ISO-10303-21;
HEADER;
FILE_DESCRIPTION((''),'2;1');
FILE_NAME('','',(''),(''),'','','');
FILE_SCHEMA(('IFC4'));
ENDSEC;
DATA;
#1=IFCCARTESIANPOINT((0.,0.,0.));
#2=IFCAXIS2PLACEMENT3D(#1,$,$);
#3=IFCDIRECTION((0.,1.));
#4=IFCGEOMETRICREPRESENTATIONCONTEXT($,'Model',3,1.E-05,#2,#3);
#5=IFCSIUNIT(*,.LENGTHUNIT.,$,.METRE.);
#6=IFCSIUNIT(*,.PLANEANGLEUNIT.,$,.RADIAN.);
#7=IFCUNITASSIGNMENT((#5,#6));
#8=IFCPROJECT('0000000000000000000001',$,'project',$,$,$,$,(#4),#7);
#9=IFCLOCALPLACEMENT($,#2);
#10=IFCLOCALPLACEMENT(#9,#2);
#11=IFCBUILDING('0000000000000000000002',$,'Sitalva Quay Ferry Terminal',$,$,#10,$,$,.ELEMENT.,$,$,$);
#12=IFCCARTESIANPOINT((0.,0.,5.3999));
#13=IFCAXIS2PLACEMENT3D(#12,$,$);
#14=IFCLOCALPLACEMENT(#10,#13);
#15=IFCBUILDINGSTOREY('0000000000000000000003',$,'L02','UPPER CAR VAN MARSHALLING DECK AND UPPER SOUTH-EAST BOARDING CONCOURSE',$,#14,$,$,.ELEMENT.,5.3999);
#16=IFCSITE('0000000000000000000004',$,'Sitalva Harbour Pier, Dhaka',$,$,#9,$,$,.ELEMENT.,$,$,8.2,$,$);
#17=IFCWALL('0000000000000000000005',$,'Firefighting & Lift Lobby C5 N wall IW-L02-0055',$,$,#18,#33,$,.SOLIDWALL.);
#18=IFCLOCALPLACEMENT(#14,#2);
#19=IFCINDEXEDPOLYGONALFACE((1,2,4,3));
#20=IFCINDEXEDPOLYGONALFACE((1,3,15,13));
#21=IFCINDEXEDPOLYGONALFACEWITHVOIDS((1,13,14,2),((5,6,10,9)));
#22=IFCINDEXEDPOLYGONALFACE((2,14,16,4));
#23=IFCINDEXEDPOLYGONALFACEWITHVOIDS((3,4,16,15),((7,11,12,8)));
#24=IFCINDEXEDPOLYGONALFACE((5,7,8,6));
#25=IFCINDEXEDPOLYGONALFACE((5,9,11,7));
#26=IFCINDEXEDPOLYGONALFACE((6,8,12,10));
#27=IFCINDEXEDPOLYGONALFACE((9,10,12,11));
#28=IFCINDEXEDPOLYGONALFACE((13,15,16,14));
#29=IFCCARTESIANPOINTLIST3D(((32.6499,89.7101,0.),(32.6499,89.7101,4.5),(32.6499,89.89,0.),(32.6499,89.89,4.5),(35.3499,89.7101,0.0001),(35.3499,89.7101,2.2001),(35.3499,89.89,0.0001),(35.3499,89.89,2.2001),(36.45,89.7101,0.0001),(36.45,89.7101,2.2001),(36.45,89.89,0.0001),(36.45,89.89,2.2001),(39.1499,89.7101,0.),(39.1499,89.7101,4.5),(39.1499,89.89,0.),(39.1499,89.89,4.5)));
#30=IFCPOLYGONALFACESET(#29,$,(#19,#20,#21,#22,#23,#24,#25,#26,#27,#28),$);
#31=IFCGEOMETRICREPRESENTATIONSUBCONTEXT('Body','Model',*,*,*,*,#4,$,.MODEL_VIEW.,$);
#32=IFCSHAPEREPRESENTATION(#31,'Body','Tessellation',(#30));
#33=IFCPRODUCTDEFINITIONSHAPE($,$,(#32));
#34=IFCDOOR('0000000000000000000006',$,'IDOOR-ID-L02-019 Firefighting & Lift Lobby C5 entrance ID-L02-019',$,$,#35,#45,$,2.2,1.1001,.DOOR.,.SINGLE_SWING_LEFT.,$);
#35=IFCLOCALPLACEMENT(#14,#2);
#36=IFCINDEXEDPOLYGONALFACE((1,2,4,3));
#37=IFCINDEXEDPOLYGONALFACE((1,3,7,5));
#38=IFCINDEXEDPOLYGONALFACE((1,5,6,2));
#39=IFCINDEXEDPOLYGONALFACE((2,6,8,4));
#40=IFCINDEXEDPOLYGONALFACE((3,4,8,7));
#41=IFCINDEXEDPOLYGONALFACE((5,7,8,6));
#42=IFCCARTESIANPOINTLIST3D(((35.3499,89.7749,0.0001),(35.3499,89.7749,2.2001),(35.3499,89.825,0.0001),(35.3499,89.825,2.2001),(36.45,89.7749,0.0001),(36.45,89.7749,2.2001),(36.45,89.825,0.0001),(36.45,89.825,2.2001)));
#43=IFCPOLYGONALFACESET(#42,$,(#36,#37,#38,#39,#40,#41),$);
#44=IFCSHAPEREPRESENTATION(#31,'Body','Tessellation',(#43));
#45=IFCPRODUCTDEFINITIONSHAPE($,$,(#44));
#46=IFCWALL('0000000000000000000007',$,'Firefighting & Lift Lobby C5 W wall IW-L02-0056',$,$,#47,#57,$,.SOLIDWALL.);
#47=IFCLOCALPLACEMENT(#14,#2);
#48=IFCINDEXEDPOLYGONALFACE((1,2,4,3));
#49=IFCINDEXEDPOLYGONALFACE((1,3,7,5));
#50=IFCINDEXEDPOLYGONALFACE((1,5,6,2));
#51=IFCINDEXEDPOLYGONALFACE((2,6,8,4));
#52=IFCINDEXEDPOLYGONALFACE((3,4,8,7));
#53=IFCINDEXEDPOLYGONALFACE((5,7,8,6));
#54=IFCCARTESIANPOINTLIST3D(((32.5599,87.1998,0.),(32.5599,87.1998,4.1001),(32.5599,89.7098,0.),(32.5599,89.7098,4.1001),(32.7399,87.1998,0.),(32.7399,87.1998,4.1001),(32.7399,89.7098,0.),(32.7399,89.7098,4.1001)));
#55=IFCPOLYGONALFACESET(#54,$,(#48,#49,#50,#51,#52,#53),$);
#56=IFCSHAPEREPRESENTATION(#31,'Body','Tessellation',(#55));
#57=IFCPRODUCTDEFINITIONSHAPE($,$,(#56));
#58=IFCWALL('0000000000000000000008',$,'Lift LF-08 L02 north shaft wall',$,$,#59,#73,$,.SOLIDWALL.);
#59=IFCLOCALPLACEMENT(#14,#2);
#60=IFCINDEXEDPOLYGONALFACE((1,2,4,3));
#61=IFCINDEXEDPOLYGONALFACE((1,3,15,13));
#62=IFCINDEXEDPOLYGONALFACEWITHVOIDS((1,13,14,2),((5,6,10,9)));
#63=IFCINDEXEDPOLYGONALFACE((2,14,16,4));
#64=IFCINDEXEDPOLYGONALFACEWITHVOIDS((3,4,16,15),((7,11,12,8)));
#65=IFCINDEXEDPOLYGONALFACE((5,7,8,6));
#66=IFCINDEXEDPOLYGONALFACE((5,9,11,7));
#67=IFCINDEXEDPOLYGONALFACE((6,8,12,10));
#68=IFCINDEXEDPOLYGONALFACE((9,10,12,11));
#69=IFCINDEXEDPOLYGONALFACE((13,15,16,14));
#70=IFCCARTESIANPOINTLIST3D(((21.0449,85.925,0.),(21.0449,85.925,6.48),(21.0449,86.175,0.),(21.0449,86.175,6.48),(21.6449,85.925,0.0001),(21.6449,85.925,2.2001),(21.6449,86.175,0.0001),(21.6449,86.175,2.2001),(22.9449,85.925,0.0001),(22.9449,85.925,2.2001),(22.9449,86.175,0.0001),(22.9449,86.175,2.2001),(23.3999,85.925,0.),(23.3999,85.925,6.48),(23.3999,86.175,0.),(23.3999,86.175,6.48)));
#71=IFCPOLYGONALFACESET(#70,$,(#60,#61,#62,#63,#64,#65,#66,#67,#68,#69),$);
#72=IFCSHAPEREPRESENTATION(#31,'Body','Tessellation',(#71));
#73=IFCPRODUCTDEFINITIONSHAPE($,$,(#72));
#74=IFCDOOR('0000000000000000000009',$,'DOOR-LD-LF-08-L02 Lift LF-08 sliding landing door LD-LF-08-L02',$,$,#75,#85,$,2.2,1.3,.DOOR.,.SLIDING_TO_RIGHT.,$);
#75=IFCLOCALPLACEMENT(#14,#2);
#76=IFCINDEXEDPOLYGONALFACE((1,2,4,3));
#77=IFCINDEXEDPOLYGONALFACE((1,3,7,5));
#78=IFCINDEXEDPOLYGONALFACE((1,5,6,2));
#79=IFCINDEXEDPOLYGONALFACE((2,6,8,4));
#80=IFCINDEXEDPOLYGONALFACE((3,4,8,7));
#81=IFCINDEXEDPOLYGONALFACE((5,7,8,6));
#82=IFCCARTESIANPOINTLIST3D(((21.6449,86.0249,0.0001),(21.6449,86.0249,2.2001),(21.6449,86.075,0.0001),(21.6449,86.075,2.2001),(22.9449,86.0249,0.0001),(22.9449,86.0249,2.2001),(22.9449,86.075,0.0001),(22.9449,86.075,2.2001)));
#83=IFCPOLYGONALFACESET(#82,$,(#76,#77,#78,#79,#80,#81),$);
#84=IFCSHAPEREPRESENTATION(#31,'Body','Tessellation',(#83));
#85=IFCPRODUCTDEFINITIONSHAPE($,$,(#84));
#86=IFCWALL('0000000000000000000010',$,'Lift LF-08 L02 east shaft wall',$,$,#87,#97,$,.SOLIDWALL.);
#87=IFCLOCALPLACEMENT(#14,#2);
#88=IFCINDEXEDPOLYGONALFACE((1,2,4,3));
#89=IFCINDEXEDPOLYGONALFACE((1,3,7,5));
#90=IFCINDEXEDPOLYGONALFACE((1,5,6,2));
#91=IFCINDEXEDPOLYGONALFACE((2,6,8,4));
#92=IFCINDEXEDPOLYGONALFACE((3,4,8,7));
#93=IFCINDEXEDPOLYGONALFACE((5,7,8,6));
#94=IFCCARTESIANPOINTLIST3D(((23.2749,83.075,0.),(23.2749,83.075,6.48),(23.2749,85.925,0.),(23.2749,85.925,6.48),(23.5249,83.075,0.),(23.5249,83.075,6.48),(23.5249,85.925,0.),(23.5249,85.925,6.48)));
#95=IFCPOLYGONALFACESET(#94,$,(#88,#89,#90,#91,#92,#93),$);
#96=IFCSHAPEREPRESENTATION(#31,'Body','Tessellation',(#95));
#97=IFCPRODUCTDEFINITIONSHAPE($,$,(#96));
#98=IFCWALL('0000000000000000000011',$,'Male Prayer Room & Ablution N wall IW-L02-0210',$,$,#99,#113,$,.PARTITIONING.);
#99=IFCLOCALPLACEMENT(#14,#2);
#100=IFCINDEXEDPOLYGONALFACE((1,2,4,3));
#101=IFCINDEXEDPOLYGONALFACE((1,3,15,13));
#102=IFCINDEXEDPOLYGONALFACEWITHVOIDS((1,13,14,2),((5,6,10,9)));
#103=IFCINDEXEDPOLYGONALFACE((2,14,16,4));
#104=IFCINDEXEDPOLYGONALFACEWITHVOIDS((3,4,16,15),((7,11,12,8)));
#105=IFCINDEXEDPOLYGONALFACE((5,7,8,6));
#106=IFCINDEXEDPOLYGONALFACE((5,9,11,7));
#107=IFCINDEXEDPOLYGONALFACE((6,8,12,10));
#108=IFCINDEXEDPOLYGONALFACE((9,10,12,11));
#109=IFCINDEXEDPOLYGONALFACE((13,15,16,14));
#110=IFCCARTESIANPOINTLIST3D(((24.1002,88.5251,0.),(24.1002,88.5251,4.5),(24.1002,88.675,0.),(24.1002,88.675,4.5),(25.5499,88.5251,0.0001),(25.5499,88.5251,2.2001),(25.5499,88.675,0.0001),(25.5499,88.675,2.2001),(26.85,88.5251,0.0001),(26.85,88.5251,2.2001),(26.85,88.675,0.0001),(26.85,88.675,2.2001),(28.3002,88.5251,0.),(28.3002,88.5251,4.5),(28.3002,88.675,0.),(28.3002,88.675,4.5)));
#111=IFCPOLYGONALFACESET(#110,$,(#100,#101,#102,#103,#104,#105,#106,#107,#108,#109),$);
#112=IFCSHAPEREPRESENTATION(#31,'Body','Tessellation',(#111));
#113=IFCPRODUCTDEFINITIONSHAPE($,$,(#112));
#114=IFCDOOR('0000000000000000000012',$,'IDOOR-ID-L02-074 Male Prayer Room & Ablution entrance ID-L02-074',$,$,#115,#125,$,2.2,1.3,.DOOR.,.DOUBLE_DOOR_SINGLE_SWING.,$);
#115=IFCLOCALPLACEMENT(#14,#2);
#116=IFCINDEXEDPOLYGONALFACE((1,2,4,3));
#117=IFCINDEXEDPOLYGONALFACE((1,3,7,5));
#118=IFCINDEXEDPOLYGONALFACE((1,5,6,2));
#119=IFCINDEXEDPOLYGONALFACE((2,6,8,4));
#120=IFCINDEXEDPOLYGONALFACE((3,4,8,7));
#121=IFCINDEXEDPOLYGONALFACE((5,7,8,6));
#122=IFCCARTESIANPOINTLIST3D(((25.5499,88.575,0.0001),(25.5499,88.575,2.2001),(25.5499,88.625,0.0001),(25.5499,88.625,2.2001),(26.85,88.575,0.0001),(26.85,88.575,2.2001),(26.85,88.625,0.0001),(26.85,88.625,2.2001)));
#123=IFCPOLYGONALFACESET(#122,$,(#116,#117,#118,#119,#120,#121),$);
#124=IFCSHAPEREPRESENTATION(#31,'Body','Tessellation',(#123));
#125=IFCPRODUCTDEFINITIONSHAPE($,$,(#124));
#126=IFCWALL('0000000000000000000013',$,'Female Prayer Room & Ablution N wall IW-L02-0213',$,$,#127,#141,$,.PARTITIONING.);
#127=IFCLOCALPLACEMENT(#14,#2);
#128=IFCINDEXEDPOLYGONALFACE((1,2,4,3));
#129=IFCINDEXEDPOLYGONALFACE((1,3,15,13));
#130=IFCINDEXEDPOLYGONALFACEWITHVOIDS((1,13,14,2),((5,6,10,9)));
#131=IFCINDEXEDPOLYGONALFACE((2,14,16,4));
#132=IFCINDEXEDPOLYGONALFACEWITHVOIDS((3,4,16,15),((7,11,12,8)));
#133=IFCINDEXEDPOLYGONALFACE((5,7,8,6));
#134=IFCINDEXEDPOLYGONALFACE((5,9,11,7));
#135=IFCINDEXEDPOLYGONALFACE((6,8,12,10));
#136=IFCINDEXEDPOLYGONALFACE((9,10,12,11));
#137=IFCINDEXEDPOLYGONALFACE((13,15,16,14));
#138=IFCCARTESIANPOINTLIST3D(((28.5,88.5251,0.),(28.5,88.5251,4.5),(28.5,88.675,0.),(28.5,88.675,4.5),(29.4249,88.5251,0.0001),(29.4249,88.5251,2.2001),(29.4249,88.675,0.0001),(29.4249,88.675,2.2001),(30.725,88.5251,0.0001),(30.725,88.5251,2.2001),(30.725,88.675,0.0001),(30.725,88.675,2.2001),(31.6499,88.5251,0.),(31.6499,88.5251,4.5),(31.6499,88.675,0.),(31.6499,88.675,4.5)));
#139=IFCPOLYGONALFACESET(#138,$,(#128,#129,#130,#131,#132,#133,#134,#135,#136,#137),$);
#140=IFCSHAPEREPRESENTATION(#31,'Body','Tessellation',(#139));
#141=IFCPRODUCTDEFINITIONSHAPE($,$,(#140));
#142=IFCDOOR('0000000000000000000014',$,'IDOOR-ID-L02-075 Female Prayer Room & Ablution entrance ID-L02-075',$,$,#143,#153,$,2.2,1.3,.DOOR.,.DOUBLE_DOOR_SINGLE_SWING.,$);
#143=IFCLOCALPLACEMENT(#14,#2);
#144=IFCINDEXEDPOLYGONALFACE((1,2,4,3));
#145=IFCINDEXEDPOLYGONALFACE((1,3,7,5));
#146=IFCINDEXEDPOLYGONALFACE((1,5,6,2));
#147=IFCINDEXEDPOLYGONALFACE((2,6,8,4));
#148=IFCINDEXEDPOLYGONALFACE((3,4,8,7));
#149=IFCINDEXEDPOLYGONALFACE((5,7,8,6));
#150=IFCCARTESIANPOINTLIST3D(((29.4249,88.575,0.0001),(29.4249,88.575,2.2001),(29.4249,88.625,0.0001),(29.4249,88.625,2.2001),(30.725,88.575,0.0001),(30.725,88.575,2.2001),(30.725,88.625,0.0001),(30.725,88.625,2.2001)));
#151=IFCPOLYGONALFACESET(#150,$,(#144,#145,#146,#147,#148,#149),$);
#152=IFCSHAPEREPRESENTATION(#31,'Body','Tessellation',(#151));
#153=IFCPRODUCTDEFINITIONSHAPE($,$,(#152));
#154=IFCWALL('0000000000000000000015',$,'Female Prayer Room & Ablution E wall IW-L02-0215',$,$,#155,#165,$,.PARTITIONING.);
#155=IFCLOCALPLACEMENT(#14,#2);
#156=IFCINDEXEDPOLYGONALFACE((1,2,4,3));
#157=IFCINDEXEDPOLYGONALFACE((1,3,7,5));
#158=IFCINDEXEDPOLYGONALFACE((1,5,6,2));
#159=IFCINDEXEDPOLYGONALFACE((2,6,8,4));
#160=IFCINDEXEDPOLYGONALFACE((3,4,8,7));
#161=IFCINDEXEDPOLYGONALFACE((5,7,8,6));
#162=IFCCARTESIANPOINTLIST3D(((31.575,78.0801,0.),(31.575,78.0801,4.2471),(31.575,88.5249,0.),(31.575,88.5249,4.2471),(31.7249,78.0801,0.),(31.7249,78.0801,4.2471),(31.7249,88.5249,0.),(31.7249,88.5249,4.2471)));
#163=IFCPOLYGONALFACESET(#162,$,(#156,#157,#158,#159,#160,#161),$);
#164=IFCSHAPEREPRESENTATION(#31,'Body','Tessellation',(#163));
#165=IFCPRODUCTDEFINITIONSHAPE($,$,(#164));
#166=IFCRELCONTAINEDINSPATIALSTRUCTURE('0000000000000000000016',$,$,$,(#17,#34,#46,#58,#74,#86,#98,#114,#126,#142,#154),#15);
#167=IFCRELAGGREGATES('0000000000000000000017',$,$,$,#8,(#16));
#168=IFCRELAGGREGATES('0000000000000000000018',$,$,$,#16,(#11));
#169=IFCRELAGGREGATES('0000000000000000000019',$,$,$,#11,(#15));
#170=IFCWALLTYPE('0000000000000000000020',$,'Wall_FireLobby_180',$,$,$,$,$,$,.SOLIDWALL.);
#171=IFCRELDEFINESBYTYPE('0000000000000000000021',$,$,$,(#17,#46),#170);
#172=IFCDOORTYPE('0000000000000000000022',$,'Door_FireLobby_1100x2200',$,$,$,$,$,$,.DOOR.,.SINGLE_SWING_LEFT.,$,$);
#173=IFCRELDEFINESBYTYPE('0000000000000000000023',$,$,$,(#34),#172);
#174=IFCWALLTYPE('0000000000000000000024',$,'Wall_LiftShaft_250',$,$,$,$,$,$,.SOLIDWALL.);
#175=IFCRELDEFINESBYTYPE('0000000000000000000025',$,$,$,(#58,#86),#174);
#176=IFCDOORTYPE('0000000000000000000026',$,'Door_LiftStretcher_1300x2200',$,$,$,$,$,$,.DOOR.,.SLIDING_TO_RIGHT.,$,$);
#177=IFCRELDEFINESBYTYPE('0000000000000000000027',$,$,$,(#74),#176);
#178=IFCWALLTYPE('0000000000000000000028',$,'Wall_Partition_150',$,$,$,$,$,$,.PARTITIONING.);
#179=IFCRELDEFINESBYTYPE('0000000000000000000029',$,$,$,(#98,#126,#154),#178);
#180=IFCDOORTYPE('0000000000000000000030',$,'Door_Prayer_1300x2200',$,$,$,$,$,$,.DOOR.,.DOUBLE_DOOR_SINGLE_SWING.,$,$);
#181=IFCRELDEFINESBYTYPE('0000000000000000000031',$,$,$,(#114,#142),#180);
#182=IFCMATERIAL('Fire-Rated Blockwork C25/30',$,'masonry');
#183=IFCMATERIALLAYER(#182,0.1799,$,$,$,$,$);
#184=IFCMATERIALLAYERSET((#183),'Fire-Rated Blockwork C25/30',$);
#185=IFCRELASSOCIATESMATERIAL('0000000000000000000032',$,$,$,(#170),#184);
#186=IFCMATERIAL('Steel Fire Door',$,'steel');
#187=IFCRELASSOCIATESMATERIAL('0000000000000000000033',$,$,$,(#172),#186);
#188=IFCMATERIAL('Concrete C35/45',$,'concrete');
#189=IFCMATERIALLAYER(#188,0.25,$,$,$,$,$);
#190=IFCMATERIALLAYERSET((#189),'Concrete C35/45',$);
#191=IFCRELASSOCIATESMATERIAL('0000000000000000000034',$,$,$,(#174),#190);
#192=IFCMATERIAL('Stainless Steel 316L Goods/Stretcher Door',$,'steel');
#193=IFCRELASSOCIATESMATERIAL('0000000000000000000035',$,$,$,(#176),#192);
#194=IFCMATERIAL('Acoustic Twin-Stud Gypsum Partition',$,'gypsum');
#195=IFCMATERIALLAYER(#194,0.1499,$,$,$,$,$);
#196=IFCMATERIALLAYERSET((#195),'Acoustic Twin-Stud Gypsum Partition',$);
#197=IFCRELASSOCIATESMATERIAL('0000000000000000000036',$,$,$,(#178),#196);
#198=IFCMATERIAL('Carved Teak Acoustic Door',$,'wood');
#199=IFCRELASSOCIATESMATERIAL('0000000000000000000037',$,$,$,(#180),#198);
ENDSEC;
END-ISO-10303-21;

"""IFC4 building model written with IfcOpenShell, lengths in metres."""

from ifc_helpers import new_model, si_unit, direction, frame, frame_2d, origin, place, context, subcontext, project, spatial, rectangle, extrude, material, layer, layer_set, type_object, element, fill, save


model = new_model("IFC4")

# Units and contexts
model_context = context("Model", 3, precision=1e-05, world=origin(), true_north=direction((0.0, 1.0)))
body_context = subcontext(model_context, "Body", "Model", "MODEL_VIEW")
ifc_project = project(units=[si_unit("LENGTHUNIT", "METRE"), si_unit("PLANEANGLEUNIT", "RADIAN")], contexts=[model_context])

# Site, building, storey
site_placement = place(None, origin())
site = spatial("IfcSite", under=ifc_project, at=site_placement, Name="Sitalva Harbour Pier, Dhaka", CompositionType="ELEMENT", RefElevation=8.2)
building_placement = place(site_placement, origin())
building = spatial("IfcBuilding", under=site, at=building_placement, Name="Sitalva Quay Ferry Terminal", CompositionType="ELEMENT")
storey_placement = place(building_placement, frame((0.0, 0.0, 5.3999)))
storey = spatial("IfcBuildingStorey", under=building, at=storey_placement, Name="L02", Description="UPPER CAR VAN MARSHALLING DECK AND UPPER SOUTH-EAST BOARDING CONCOURSE", CompositionType="ELEMENT", Elevation=5.3999)

# Shared definitions
ifc_material_1 = material(Name="Fire-Rated Blockwork C25/30", Category="masonry")
ifc_layer_1 = layer(ifc_material_1, 0.1799)
ifc_layer_set_1 = layer_set([ifc_layer_1], Name="Fire-Rated Blockwork C25/30")
wall_type_1 = type_object("IfcWallType", Name="Wall_FireLobby_180", PredefinedType="SOLIDWALL", material=ifc_layer_set_1)

# Wall, opening, door
wall_1_placement = place(storey_placement, frame((32.6499, 89.8, 0.0), z_axis=(0.0, 0.0, 1.0), x_axis=(1.0, 0.0, 0.0)))
wall_1 = element("IfcWall", 1, at=wall_1_placement, inside=storey, type_object=wall_type_1, Name="Firefighting & Lift Lobby C5 N wall IW-L02-0055", PredefinedType="SOLIDWALL", context=body_context, shape_type="SweptSolid", body=[
    extrude(rectangle(XDim=6.5, YDim=0.1799, at=frame_2d((3.25, 0.0))), origin(), (0.0, 0.0, 1.0), 4.5),
])
opening_1_placement = place(wall_1_placement, frame((2.7, 0.0, 0.0)))
opening_1 = element("IfcOpeningElement", 2, at=opening_1_placement, cuts=wall_1, PredefinedType="OPENING", context=body_context, shape_type="SweptSolid", body=[
    extrude(rectangle(XDim=1.1001, YDim=2.2, at=frame_2d((0.55, 1.1001))), frame((0.0, 0.0999, 0.0), z_axis=(0.0, -1.0, 0.0), x_axis=(1.0, 0.0, 0.0)), (0.0, 0.0, 1.0), 0.2),
])
ifc_material_2 = material(Name="Steel Fire Door", Category="steel")
door_type_1 = type_object("IfcDoorType", Name="Door_FireLobby_1100x2200", OperationType="SINGLE_SWING_LEFT", PredefinedType="DOOR", material=ifc_material_2)
door_1_placement = place(opening_1_placement, origin())
door_1 = element("IfcDoor", 3, at=door_1_placement, inside=storey, type_object=door_type_1, Name="IDOOR-ID-L02-019 Firefighting & Lift Lobby C5 entrance ID-L02-019", OperationType="SINGLE_SWING_LEFT", OverallHeight=2.2, OverallWidth=1.1001, PredefinedType="DOOR", context=body_context, shape_type="SweptSolid", body=[
    extrude(rectangle(XDim=1.1001, YDim=2.2, at=frame_2d((0.55, 1.1001))), frame((0.0, 0.0249, 0.0), z_axis=(0.0, -1.0, 0.0), x_axis=(1.0, 0.0, 0.0)), (0.0, 0.0, 1.0), 0.05),
])
fill(opening_1, door_1)

# Wall
wall_2_placement = place(storey_placement, frame((32.6499, 87.2, 0.0), z_axis=(0.0, 0.0, 1.0), x_axis=(0.0, 1.0, 0.0)))
element("IfcWall", 4, at=wall_2_placement, inside=storey, type_object=wall_type_1, Name="Firefighting & Lift Lobby C5 W wall IW-L02-0056", PredefinedType="SOLIDWALL", context=body_context, shape_type="SweptSolid", body=[
    extrude(rectangle(XDim=2.51, YDim=0.1799, at=frame_2d((1.2549, 0.0))), origin(), (0.0, 0.0, 1.0), 4.1001),
])

# Wall, opening, door
ifc_material_3 = material(Name="Concrete C35/45", Category="concrete")
ifc_layer_2 = layer(ifc_material_3, 0.25)
ifc_layer_set_2 = layer_set([ifc_layer_2], Name="Concrete C35/45")
wall_type_2 = type_object("IfcWallType", Name="Wall_LiftShaft_250", PredefinedType="SOLIDWALL", material=ifc_layer_set_2)
wall_3_placement = place(storey_placement, frame((21.0449, 86.05, 0.0), z_axis=(0.0, 0.0, 1.0), x_axis=(1.0, 0.0, 0.0)))
wall_3 = element("IfcWall", 5, at=wall_3_placement, inside=storey, type_object=wall_type_2, Name="Lift LF-08 L02 north shaft wall", PredefinedType="SOLIDWALL", context=body_context, shape_type="SweptSolid", body=[
    extrude(rectangle(XDim=2.355, YDim=0.25, at=frame_2d((1.1775, 0.0))), origin(), (0.0, 0.0, 1.0), 6.48),
])
opening_2_placement = place(wall_3_placement, frame((0.6001, 0.0, 0.0)))
opening_2 = element("IfcOpeningElement", 6, at=opening_2_placement, cuts=wall_3, PredefinedType="OPENING", context=body_context, shape_type="SweptSolid", body=[
    extrude(rectangle(XDim=1.3, YDim=2.2, at=frame_2d((0.6499, 1.1001))), frame((0.0, 0.135, 0.0), z_axis=(0.0, -1.0, 0.0), x_axis=(1.0, 0.0, 0.0)), (0.0, 0.0, 1.0), 0.27),
])
ifc_material_4 = material(Name="Stainless Steel 316L Goods/Stretcher Door", Category="steel")
door_type_2 = type_object("IfcDoorType", Name="Door_LiftStretcher_1300x2200", OperationType="SLIDING_TO_RIGHT", PredefinedType="DOOR", material=ifc_material_4)
door_2_placement = place(opening_2_placement, origin())
door_2 = element("IfcDoor", 7, at=door_2_placement, inside=storey, type_object=door_type_2, Name="DOOR-LD-LF-08-L02 Lift LF-08 sliding landing door LD-LF-08-L02", OperationType="SLIDING_TO_RIGHT", OverallHeight=2.2, OverallWidth=1.3, PredefinedType="DOOR", context=body_context, shape_type="SweptSolid", body=[
    extrude(rectangle(XDim=1.3, YDim=2.2, at=frame_2d((0.6499, 1.1001))), frame((0.0, 0.0249, 0.0), z_axis=(0.0, -1.0, 0.0), x_axis=(1.0, 0.0, 0.0)), (0.0, 0.0, 1.0), 0.05),
])
fill(opening_2, door_2)

# Wall
wall_4_placement = place(storey_placement, frame((23.3999, 83.075, 0.0), z_axis=(0.0, 0.0, 1.0), x_axis=(0.0, 1.0, 0.0)))
element("IfcWall", 8, at=wall_4_placement, inside=storey, type_object=wall_type_2, Name="Lift LF-08 L02 east shaft wall", PredefinedType="SOLIDWALL", context=body_context, shape_type="SweptSolid", body=[
    extrude(rectangle(XDim=2.8501, YDim=0.25, at=frame_2d((1.425, 0.0))), origin(), (0.0, 0.0, 1.0), 6.48),
])

# Walls, openings, doors
ifc_material_5 = material(Name="Acoustic Twin-Stud Gypsum Partition", Category="gypsum")
ifc_layer_3 = layer(ifc_material_5, 0.1499)
ifc_layer_set_3 = layer_set([ifc_layer_3], Name="Acoustic Twin-Stud Gypsum Partition")
wall_type_3 = type_object("IfcWallType", Name="Wall_Partition_150", PredefinedType="PARTITIONING", material=ifc_layer_set_3)
wall_5_placement = place(storey_placement, frame((24.1001, 88.6001, 0.0), z_axis=(0.0, 0.0, 1.0), x_axis=(1.0, 0.0, 0.0)))
wall_5 = element("IfcWall", 9, at=wall_5_placement, inside=storey, type_object=wall_type_3, Name="Male Prayer Room & Ablution N wall IW-L02-0210", PredefinedType="PARTITIONING", context=body_context, shape_type="SweptSolid", body=[
    extrude(rectangle(XDim=4.2, YDim=0.1499, at=frame_2d((2.1001, 0.0))), origin(), (0.0, 0.0, 1.0), 4.5),
])
opening_3_placement = place(wall_5_placement, frame((1.45, 0.0, 0.0)))
opening_3 = element("IfcOpeningElement", 10, at=opening_3_placement, cuts=wall_5, PredefinedType="OPENING", context=body_context, shape_type="SweptSolid", body=[
    extrude(rectangle(XDim=1.3, YDim=2.2, at=frame_2d((0.6499, 1.1001))), frame((0.0, 0.085, 0.0), z_axis=(0.0, -1.0, 0.0), x_axis=(1.0, 0.0, 0.0)), (0.0, 0.0, 1.0), 0.1699),
])
ifc_material_6 = material(Name="Carved Teak Acoustic Door", Category="wood")
door_type_3 = type_object("IfcDoorType", Name="Door_Prayer_1300x2200", OperationType="DOUBLE_DOOR_SINGLE_SWING", PredefinedType="DOOR", material=ifc_material_6)
door_3_placement = place(opening_3_placement, origin())
door_3 = element("IfcDoor", 11, at=door_3_placement, inside=storey, type_object=door_type_3, Name="IDOOR-ID-L02-074 Male Prayer Room & Ablution entrance ID-L02-074", OperationType="DOUBLE_DOOR_SINGLE_SWING", OverallHeight=2.2, OverallWidth=1.3, PredefinedType="DOOR", context=body_context, shape_type="SweptSolid", body=[
    extrude(rectangle(XDim=1.3, YDim=2.2, at=frame_2d((0.6499, 1.1001))), frame((0.0, 0.0249, 0.0), z_axis=(0.0, -1.0, 0.0), x_axis=(1.0, 0.0, 0.0)), (0.0, 0.0, 1.0), 0.05),
])
fill(opening_3, door_3)
wall_6_placement = place(storey_placement, frame((28.5, 88.6001, 0.0), z_axis=(0.0, 0.0, 1.0), x_axis=(1.0, 0.0, 0.0)))
wall_6 = element("IfcWall", 12, at=wall_6_placement, inside=storey, type_object=wall_type_3, Name="Female Prayer Room & Ablution N wall IW-L02-0213", PredefinedType="PARTITIONING", context=body_context, shape_type="SweptSolid", body=[
    extrude(rectangle(XDim=3.1499, YDim=0.1499, at=frame_2d((1.575, 0.0))), origin(), (0.0, 0.0, 1.0), 4.5),
])
opening_4_placement = place(wall_6_placement, frame((0.925, 0.0, 0.0)))
opening_4 = element("IfcOpeningElement", 13, at=opening_4_placement, cuts=wall_6, PredefinedType="OPENING", context=body_context, shape_type="SweptSolid", body=[
    extrude(rectangle(XDim=1.3, YDim=2.2, at=frame_2d((0.6499, 1.1001))), frame((0.0, 0.085, 0.0), z_axis=(0.0, -1.0, 0.0), x_axis=(1.0, 0.0, 0.0)), (0.0, 0.0, 1.0), 0.1699),
])
door_4_placement = place(opening_4_placement, origin())
door_4 = element("IfcDoor", 14, at=door_4_placement, inside=storey, type_object=door_type_3, Name="IDOOR-ID-L02-075 Female Prayer Room & Ablution entrance ID-L02-075", OperationType="DOUBLE_DOOR_SINGLE_SWING", OverallHeight=2.2, OverallWidth=1.3, PredefinedType="DOOR", context=body_context, shape_type="SweptSolid", body=[
    extrude(rectangle(XDim=1.3, YDim=2.2, at=frame_2d((0.6499, 1.1001))), frame((0.0, 0.0249, 0.0), z_axis=(0.0, -1.0, 0.0), x_axis=(1.0, 0.0, 0.0)), (0.0, 0.0, 1.0), 0.05),
])
fill(opening_4, door_4)

# Wall
wall_7_placement = place(storey_placement, frame((31.6499, 78.0801, 0.0), z_axis=(0.0, 0.0, 1.0), x_axis=(0.0, 1.0, 0.0)))
element("IfcWall", 15, at=wall_7_placement, inside=storey, type_object=wall_type_3, Name="Female Prayer Room & Ablution E wall IW-L02-0215", PredefinedType="PARTITIONING", context=body_context, shape_type="SweptSolid", body=[
    extrude(rectangle(XDim=10.4448, YDim=0.1499, at=frame_2d((5.2224, 0.0))), origin(), (0.0, 0.0, 1.0), 4.2471),
])

save(model, "model.ifc")
